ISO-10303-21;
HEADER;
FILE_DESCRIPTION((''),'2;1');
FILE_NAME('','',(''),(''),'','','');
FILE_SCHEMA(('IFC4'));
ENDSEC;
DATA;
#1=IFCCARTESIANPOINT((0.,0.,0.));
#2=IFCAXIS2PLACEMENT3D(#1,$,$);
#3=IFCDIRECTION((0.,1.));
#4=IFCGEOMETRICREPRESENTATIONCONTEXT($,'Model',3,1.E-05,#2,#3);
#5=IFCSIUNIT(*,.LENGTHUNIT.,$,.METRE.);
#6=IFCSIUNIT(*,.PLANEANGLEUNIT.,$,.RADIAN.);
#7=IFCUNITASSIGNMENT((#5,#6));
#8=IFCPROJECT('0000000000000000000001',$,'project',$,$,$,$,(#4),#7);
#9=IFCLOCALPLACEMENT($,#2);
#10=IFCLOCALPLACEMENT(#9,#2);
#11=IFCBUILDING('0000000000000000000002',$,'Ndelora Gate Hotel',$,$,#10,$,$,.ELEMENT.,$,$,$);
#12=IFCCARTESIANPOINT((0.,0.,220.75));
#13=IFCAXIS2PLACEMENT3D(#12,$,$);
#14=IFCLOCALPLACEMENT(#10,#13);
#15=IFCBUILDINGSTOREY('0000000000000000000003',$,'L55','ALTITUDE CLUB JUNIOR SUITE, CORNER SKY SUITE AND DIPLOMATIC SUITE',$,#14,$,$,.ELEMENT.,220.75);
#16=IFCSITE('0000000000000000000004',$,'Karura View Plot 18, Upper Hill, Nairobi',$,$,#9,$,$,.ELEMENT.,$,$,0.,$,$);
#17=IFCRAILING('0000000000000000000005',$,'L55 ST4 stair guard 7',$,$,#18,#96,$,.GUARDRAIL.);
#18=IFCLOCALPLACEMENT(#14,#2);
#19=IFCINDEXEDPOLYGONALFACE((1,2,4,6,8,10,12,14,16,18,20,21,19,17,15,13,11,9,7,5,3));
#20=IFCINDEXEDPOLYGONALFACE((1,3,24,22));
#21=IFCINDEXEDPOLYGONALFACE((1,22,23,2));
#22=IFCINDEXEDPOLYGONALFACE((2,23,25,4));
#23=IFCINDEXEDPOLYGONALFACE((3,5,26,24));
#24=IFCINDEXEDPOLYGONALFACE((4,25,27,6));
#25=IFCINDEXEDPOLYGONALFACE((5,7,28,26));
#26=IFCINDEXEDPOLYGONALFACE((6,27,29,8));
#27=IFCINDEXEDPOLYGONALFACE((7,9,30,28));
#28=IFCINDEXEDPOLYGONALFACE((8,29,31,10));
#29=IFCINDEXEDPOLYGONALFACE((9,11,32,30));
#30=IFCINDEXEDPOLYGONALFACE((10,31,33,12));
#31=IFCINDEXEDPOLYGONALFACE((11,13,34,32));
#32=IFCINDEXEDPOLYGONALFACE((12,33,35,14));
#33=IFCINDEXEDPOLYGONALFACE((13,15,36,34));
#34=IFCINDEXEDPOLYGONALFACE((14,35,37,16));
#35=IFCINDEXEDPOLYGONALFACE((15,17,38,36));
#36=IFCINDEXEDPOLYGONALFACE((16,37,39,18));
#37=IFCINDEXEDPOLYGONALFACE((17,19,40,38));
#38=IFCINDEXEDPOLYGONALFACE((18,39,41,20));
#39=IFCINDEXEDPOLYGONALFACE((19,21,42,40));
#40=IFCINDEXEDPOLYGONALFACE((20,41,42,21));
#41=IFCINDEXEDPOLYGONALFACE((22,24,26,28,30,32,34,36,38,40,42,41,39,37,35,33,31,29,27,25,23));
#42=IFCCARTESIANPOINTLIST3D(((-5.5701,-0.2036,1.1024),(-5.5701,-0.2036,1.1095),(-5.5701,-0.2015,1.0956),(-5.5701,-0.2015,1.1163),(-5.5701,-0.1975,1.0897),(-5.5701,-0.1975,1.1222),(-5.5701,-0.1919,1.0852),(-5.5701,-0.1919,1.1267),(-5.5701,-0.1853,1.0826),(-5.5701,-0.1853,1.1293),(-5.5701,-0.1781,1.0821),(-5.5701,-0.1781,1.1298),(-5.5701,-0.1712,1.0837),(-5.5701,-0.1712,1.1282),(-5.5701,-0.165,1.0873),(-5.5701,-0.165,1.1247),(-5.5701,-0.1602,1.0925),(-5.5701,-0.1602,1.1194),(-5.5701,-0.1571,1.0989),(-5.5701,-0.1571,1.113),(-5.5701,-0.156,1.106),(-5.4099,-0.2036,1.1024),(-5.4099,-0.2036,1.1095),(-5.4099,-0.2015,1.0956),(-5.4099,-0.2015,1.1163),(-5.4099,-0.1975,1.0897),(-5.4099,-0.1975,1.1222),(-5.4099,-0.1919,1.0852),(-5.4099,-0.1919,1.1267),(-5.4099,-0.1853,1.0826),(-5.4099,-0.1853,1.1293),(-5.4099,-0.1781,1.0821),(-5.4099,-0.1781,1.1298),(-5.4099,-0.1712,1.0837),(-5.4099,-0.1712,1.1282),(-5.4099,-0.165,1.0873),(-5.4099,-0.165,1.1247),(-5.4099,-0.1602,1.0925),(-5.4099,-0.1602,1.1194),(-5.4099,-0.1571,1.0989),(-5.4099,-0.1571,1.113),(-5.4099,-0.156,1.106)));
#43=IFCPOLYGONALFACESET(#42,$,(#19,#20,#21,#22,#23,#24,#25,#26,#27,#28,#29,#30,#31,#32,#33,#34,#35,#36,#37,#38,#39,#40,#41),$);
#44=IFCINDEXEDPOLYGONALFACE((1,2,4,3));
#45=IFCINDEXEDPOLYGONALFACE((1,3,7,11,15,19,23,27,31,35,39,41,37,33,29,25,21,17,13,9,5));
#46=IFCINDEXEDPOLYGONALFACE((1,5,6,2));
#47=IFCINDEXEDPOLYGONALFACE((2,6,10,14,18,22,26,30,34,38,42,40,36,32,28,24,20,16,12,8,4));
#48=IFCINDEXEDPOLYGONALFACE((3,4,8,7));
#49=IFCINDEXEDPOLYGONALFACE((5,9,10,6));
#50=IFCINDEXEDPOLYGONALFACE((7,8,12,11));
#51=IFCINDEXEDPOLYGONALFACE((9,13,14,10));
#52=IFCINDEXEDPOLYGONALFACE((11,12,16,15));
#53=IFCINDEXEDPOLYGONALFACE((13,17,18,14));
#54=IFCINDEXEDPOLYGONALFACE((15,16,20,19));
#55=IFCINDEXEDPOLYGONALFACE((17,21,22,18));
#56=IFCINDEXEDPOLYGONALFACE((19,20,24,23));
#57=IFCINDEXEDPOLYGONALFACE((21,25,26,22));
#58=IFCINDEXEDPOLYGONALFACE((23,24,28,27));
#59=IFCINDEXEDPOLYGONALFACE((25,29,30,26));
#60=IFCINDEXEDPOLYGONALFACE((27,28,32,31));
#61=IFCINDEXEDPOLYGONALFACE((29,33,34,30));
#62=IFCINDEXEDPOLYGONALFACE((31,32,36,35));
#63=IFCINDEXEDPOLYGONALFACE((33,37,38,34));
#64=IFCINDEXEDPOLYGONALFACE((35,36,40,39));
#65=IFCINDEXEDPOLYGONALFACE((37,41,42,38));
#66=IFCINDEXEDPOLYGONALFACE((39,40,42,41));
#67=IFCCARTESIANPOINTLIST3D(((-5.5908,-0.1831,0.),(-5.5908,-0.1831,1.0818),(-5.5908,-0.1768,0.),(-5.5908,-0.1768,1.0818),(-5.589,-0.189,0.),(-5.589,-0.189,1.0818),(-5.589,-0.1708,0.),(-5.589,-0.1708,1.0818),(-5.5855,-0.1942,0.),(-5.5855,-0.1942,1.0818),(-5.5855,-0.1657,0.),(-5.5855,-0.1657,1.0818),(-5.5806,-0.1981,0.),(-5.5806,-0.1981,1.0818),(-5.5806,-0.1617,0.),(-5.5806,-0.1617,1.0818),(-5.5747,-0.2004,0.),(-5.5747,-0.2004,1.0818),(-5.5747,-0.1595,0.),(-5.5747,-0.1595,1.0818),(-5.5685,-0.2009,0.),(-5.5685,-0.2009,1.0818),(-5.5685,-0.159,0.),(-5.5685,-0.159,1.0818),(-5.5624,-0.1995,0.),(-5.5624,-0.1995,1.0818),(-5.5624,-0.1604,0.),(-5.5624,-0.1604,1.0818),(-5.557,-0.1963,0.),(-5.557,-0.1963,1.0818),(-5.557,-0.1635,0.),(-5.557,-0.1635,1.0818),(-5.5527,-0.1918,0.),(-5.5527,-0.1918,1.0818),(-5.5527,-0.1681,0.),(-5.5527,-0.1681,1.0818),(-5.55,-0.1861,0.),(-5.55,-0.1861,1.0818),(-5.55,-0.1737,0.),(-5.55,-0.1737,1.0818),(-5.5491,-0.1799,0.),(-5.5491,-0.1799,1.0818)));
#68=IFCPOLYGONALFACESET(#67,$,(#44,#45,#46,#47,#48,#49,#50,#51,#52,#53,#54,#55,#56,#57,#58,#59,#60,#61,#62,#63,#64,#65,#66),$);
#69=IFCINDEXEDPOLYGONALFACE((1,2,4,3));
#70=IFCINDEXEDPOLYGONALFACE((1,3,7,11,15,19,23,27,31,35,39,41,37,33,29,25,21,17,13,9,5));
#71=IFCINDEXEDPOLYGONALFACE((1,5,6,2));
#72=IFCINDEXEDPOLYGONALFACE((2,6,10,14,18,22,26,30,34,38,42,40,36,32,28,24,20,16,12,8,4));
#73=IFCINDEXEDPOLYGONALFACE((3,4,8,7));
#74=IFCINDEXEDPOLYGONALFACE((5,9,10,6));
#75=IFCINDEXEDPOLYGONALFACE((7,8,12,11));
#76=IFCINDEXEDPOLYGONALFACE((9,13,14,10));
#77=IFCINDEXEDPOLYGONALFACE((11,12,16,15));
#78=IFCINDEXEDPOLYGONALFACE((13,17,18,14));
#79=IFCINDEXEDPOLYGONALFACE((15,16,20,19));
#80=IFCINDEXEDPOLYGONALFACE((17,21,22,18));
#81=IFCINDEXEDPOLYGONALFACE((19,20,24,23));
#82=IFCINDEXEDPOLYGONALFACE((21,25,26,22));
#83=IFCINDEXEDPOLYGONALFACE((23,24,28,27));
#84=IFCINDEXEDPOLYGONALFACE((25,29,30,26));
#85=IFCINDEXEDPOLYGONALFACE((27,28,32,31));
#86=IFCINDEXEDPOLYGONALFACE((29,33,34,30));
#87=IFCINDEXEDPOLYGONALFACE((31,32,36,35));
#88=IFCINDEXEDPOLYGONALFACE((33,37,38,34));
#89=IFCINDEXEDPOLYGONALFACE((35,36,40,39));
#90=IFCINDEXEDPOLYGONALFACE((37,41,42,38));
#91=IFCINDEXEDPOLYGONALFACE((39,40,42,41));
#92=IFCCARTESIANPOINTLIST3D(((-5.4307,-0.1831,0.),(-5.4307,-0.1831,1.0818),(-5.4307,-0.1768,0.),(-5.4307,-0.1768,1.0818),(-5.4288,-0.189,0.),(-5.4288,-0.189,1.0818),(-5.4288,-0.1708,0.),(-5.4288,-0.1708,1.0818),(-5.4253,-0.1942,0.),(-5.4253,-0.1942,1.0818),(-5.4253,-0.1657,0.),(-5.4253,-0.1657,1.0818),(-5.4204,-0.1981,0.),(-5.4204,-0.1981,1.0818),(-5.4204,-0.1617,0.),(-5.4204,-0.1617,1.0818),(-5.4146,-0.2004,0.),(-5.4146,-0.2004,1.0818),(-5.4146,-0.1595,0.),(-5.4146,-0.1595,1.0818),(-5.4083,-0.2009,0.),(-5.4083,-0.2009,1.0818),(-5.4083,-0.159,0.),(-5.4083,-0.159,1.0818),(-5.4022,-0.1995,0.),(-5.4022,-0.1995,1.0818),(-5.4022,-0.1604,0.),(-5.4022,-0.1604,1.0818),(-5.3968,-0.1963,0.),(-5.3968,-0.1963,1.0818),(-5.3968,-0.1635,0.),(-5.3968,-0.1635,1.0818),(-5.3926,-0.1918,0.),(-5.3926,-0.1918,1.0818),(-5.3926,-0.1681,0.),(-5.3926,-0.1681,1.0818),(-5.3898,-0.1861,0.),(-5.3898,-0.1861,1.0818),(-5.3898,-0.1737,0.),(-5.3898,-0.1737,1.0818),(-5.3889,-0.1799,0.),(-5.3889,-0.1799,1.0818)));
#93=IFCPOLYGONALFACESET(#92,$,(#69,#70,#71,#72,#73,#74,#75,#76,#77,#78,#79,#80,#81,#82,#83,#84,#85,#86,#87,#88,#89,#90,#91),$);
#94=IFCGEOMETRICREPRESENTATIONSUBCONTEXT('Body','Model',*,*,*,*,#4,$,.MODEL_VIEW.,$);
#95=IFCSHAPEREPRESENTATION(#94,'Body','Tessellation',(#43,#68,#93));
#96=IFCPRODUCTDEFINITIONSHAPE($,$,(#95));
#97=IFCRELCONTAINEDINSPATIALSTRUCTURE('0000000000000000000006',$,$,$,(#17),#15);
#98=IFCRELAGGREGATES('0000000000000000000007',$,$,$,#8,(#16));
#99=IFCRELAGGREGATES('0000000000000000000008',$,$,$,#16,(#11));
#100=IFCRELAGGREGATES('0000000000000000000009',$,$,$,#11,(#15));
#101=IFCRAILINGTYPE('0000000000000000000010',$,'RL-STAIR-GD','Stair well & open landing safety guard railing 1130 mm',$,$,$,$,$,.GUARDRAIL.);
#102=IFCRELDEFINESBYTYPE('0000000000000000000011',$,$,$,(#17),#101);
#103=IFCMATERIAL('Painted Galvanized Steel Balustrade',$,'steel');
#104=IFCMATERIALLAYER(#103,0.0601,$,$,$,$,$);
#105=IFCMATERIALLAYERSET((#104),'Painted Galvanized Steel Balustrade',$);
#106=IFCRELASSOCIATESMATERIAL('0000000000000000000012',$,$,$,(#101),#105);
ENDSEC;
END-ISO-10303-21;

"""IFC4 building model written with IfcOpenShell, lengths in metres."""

from ifc_helpers import new_model, si_unit, direction, frame, origin, origin_2d, place, context, subcontext, project, spatial, circle, extrude, material, layer, layer_set, type_object, element, save


model = new_model("IFC4")

# Units and contexts
model_context = context("Model", 3, precision=1e-05, world=origin(), true_north=direction((0.0, 1.0)))
body_context = subcontext(model_context, "Body", "Model", "MODEL_VIEW")
ifc_project = project(units=[si_unit("LENGTHUNIT", "METRE"), si_unit("PLANEANGLEUNIT", "RADIAN")], contexts=[model_context])

# Site, building, storey
site_placement = place(None, origin())
site = spatial("IfcSite", under=ifc_project, at=site_placement, Name="Karura View Plot 18, Upper Hill, Nairobi", CompositionType="ELEMENT", RefElevation=0.0)
building_placement = place(site_placement, origin())
building = spatial("IfcBuilding", under=site, at=building_placement, Name="Ndelora Gate Hotel", CompositionType="ELEMENT")
storey_placement = place(building_placement, frame((0.0, 0.0, 220.75)))
storey = spatial("IfcBuildingStorey", under=building, at=storey_placement, Name="L55", Description="ALTITUDE CLUB JUNIOR SUITE, CORNER SKY SUITE AND DIPLOMATIC SUITE", CompositionType="ELEMENT", Elevation=220.75)

# Railing
ifc_material_1 = material(Name="Painted Galvanized Steel Balustrade", Category="steel")
ifc_layer_1 = layer(ifc_material_1, 0.0601)
ifc_layer_set_1 = layer_set([ifc_layer_1], Name="Painted Galvanized Steel Balustrade")
railing_type_1 = type_object("IfcRailingType", Name="RL-STAIR-GD", Description="Stair well & open landing safety guard railing 1130 mm", PredefinedType="GUARDRAIL", material=ifc_layer_set_1)
railing_1_placement = place(storey_placement, frame((-5.5701, -0.1799, 0.0)))
element("IfcRailing", 1, at=railing_1_placement, inside=storey, type_object=railing_type_1, Name="L55 ST4 stair guard 7", PredefinedType="GUARDRAIL", context=body_context, shape_type="SweptSolid", body=[
    extrude(circle(Radius=0.0239, at=origin_2d()), frame((0.0, 0.0, 1.106), z_axis=(1.0, 0.0, 0.0), x_axis=(0.0, 1.0, 0.0)), (0.0, 0.0, 1.0), 0.1602),
    extrude(circle(Radius=0.021, at=origin_2d()), origin(), (0.0, 0.0, 1.0), 1.0818),
    extrude(circle(Radius=0.021, at=origin_2d()), frame((0.1602, 0.0, 0.0)), (0.0, 0.0, 1.0), 1.0818),
])

save(model, "model.ifc")
